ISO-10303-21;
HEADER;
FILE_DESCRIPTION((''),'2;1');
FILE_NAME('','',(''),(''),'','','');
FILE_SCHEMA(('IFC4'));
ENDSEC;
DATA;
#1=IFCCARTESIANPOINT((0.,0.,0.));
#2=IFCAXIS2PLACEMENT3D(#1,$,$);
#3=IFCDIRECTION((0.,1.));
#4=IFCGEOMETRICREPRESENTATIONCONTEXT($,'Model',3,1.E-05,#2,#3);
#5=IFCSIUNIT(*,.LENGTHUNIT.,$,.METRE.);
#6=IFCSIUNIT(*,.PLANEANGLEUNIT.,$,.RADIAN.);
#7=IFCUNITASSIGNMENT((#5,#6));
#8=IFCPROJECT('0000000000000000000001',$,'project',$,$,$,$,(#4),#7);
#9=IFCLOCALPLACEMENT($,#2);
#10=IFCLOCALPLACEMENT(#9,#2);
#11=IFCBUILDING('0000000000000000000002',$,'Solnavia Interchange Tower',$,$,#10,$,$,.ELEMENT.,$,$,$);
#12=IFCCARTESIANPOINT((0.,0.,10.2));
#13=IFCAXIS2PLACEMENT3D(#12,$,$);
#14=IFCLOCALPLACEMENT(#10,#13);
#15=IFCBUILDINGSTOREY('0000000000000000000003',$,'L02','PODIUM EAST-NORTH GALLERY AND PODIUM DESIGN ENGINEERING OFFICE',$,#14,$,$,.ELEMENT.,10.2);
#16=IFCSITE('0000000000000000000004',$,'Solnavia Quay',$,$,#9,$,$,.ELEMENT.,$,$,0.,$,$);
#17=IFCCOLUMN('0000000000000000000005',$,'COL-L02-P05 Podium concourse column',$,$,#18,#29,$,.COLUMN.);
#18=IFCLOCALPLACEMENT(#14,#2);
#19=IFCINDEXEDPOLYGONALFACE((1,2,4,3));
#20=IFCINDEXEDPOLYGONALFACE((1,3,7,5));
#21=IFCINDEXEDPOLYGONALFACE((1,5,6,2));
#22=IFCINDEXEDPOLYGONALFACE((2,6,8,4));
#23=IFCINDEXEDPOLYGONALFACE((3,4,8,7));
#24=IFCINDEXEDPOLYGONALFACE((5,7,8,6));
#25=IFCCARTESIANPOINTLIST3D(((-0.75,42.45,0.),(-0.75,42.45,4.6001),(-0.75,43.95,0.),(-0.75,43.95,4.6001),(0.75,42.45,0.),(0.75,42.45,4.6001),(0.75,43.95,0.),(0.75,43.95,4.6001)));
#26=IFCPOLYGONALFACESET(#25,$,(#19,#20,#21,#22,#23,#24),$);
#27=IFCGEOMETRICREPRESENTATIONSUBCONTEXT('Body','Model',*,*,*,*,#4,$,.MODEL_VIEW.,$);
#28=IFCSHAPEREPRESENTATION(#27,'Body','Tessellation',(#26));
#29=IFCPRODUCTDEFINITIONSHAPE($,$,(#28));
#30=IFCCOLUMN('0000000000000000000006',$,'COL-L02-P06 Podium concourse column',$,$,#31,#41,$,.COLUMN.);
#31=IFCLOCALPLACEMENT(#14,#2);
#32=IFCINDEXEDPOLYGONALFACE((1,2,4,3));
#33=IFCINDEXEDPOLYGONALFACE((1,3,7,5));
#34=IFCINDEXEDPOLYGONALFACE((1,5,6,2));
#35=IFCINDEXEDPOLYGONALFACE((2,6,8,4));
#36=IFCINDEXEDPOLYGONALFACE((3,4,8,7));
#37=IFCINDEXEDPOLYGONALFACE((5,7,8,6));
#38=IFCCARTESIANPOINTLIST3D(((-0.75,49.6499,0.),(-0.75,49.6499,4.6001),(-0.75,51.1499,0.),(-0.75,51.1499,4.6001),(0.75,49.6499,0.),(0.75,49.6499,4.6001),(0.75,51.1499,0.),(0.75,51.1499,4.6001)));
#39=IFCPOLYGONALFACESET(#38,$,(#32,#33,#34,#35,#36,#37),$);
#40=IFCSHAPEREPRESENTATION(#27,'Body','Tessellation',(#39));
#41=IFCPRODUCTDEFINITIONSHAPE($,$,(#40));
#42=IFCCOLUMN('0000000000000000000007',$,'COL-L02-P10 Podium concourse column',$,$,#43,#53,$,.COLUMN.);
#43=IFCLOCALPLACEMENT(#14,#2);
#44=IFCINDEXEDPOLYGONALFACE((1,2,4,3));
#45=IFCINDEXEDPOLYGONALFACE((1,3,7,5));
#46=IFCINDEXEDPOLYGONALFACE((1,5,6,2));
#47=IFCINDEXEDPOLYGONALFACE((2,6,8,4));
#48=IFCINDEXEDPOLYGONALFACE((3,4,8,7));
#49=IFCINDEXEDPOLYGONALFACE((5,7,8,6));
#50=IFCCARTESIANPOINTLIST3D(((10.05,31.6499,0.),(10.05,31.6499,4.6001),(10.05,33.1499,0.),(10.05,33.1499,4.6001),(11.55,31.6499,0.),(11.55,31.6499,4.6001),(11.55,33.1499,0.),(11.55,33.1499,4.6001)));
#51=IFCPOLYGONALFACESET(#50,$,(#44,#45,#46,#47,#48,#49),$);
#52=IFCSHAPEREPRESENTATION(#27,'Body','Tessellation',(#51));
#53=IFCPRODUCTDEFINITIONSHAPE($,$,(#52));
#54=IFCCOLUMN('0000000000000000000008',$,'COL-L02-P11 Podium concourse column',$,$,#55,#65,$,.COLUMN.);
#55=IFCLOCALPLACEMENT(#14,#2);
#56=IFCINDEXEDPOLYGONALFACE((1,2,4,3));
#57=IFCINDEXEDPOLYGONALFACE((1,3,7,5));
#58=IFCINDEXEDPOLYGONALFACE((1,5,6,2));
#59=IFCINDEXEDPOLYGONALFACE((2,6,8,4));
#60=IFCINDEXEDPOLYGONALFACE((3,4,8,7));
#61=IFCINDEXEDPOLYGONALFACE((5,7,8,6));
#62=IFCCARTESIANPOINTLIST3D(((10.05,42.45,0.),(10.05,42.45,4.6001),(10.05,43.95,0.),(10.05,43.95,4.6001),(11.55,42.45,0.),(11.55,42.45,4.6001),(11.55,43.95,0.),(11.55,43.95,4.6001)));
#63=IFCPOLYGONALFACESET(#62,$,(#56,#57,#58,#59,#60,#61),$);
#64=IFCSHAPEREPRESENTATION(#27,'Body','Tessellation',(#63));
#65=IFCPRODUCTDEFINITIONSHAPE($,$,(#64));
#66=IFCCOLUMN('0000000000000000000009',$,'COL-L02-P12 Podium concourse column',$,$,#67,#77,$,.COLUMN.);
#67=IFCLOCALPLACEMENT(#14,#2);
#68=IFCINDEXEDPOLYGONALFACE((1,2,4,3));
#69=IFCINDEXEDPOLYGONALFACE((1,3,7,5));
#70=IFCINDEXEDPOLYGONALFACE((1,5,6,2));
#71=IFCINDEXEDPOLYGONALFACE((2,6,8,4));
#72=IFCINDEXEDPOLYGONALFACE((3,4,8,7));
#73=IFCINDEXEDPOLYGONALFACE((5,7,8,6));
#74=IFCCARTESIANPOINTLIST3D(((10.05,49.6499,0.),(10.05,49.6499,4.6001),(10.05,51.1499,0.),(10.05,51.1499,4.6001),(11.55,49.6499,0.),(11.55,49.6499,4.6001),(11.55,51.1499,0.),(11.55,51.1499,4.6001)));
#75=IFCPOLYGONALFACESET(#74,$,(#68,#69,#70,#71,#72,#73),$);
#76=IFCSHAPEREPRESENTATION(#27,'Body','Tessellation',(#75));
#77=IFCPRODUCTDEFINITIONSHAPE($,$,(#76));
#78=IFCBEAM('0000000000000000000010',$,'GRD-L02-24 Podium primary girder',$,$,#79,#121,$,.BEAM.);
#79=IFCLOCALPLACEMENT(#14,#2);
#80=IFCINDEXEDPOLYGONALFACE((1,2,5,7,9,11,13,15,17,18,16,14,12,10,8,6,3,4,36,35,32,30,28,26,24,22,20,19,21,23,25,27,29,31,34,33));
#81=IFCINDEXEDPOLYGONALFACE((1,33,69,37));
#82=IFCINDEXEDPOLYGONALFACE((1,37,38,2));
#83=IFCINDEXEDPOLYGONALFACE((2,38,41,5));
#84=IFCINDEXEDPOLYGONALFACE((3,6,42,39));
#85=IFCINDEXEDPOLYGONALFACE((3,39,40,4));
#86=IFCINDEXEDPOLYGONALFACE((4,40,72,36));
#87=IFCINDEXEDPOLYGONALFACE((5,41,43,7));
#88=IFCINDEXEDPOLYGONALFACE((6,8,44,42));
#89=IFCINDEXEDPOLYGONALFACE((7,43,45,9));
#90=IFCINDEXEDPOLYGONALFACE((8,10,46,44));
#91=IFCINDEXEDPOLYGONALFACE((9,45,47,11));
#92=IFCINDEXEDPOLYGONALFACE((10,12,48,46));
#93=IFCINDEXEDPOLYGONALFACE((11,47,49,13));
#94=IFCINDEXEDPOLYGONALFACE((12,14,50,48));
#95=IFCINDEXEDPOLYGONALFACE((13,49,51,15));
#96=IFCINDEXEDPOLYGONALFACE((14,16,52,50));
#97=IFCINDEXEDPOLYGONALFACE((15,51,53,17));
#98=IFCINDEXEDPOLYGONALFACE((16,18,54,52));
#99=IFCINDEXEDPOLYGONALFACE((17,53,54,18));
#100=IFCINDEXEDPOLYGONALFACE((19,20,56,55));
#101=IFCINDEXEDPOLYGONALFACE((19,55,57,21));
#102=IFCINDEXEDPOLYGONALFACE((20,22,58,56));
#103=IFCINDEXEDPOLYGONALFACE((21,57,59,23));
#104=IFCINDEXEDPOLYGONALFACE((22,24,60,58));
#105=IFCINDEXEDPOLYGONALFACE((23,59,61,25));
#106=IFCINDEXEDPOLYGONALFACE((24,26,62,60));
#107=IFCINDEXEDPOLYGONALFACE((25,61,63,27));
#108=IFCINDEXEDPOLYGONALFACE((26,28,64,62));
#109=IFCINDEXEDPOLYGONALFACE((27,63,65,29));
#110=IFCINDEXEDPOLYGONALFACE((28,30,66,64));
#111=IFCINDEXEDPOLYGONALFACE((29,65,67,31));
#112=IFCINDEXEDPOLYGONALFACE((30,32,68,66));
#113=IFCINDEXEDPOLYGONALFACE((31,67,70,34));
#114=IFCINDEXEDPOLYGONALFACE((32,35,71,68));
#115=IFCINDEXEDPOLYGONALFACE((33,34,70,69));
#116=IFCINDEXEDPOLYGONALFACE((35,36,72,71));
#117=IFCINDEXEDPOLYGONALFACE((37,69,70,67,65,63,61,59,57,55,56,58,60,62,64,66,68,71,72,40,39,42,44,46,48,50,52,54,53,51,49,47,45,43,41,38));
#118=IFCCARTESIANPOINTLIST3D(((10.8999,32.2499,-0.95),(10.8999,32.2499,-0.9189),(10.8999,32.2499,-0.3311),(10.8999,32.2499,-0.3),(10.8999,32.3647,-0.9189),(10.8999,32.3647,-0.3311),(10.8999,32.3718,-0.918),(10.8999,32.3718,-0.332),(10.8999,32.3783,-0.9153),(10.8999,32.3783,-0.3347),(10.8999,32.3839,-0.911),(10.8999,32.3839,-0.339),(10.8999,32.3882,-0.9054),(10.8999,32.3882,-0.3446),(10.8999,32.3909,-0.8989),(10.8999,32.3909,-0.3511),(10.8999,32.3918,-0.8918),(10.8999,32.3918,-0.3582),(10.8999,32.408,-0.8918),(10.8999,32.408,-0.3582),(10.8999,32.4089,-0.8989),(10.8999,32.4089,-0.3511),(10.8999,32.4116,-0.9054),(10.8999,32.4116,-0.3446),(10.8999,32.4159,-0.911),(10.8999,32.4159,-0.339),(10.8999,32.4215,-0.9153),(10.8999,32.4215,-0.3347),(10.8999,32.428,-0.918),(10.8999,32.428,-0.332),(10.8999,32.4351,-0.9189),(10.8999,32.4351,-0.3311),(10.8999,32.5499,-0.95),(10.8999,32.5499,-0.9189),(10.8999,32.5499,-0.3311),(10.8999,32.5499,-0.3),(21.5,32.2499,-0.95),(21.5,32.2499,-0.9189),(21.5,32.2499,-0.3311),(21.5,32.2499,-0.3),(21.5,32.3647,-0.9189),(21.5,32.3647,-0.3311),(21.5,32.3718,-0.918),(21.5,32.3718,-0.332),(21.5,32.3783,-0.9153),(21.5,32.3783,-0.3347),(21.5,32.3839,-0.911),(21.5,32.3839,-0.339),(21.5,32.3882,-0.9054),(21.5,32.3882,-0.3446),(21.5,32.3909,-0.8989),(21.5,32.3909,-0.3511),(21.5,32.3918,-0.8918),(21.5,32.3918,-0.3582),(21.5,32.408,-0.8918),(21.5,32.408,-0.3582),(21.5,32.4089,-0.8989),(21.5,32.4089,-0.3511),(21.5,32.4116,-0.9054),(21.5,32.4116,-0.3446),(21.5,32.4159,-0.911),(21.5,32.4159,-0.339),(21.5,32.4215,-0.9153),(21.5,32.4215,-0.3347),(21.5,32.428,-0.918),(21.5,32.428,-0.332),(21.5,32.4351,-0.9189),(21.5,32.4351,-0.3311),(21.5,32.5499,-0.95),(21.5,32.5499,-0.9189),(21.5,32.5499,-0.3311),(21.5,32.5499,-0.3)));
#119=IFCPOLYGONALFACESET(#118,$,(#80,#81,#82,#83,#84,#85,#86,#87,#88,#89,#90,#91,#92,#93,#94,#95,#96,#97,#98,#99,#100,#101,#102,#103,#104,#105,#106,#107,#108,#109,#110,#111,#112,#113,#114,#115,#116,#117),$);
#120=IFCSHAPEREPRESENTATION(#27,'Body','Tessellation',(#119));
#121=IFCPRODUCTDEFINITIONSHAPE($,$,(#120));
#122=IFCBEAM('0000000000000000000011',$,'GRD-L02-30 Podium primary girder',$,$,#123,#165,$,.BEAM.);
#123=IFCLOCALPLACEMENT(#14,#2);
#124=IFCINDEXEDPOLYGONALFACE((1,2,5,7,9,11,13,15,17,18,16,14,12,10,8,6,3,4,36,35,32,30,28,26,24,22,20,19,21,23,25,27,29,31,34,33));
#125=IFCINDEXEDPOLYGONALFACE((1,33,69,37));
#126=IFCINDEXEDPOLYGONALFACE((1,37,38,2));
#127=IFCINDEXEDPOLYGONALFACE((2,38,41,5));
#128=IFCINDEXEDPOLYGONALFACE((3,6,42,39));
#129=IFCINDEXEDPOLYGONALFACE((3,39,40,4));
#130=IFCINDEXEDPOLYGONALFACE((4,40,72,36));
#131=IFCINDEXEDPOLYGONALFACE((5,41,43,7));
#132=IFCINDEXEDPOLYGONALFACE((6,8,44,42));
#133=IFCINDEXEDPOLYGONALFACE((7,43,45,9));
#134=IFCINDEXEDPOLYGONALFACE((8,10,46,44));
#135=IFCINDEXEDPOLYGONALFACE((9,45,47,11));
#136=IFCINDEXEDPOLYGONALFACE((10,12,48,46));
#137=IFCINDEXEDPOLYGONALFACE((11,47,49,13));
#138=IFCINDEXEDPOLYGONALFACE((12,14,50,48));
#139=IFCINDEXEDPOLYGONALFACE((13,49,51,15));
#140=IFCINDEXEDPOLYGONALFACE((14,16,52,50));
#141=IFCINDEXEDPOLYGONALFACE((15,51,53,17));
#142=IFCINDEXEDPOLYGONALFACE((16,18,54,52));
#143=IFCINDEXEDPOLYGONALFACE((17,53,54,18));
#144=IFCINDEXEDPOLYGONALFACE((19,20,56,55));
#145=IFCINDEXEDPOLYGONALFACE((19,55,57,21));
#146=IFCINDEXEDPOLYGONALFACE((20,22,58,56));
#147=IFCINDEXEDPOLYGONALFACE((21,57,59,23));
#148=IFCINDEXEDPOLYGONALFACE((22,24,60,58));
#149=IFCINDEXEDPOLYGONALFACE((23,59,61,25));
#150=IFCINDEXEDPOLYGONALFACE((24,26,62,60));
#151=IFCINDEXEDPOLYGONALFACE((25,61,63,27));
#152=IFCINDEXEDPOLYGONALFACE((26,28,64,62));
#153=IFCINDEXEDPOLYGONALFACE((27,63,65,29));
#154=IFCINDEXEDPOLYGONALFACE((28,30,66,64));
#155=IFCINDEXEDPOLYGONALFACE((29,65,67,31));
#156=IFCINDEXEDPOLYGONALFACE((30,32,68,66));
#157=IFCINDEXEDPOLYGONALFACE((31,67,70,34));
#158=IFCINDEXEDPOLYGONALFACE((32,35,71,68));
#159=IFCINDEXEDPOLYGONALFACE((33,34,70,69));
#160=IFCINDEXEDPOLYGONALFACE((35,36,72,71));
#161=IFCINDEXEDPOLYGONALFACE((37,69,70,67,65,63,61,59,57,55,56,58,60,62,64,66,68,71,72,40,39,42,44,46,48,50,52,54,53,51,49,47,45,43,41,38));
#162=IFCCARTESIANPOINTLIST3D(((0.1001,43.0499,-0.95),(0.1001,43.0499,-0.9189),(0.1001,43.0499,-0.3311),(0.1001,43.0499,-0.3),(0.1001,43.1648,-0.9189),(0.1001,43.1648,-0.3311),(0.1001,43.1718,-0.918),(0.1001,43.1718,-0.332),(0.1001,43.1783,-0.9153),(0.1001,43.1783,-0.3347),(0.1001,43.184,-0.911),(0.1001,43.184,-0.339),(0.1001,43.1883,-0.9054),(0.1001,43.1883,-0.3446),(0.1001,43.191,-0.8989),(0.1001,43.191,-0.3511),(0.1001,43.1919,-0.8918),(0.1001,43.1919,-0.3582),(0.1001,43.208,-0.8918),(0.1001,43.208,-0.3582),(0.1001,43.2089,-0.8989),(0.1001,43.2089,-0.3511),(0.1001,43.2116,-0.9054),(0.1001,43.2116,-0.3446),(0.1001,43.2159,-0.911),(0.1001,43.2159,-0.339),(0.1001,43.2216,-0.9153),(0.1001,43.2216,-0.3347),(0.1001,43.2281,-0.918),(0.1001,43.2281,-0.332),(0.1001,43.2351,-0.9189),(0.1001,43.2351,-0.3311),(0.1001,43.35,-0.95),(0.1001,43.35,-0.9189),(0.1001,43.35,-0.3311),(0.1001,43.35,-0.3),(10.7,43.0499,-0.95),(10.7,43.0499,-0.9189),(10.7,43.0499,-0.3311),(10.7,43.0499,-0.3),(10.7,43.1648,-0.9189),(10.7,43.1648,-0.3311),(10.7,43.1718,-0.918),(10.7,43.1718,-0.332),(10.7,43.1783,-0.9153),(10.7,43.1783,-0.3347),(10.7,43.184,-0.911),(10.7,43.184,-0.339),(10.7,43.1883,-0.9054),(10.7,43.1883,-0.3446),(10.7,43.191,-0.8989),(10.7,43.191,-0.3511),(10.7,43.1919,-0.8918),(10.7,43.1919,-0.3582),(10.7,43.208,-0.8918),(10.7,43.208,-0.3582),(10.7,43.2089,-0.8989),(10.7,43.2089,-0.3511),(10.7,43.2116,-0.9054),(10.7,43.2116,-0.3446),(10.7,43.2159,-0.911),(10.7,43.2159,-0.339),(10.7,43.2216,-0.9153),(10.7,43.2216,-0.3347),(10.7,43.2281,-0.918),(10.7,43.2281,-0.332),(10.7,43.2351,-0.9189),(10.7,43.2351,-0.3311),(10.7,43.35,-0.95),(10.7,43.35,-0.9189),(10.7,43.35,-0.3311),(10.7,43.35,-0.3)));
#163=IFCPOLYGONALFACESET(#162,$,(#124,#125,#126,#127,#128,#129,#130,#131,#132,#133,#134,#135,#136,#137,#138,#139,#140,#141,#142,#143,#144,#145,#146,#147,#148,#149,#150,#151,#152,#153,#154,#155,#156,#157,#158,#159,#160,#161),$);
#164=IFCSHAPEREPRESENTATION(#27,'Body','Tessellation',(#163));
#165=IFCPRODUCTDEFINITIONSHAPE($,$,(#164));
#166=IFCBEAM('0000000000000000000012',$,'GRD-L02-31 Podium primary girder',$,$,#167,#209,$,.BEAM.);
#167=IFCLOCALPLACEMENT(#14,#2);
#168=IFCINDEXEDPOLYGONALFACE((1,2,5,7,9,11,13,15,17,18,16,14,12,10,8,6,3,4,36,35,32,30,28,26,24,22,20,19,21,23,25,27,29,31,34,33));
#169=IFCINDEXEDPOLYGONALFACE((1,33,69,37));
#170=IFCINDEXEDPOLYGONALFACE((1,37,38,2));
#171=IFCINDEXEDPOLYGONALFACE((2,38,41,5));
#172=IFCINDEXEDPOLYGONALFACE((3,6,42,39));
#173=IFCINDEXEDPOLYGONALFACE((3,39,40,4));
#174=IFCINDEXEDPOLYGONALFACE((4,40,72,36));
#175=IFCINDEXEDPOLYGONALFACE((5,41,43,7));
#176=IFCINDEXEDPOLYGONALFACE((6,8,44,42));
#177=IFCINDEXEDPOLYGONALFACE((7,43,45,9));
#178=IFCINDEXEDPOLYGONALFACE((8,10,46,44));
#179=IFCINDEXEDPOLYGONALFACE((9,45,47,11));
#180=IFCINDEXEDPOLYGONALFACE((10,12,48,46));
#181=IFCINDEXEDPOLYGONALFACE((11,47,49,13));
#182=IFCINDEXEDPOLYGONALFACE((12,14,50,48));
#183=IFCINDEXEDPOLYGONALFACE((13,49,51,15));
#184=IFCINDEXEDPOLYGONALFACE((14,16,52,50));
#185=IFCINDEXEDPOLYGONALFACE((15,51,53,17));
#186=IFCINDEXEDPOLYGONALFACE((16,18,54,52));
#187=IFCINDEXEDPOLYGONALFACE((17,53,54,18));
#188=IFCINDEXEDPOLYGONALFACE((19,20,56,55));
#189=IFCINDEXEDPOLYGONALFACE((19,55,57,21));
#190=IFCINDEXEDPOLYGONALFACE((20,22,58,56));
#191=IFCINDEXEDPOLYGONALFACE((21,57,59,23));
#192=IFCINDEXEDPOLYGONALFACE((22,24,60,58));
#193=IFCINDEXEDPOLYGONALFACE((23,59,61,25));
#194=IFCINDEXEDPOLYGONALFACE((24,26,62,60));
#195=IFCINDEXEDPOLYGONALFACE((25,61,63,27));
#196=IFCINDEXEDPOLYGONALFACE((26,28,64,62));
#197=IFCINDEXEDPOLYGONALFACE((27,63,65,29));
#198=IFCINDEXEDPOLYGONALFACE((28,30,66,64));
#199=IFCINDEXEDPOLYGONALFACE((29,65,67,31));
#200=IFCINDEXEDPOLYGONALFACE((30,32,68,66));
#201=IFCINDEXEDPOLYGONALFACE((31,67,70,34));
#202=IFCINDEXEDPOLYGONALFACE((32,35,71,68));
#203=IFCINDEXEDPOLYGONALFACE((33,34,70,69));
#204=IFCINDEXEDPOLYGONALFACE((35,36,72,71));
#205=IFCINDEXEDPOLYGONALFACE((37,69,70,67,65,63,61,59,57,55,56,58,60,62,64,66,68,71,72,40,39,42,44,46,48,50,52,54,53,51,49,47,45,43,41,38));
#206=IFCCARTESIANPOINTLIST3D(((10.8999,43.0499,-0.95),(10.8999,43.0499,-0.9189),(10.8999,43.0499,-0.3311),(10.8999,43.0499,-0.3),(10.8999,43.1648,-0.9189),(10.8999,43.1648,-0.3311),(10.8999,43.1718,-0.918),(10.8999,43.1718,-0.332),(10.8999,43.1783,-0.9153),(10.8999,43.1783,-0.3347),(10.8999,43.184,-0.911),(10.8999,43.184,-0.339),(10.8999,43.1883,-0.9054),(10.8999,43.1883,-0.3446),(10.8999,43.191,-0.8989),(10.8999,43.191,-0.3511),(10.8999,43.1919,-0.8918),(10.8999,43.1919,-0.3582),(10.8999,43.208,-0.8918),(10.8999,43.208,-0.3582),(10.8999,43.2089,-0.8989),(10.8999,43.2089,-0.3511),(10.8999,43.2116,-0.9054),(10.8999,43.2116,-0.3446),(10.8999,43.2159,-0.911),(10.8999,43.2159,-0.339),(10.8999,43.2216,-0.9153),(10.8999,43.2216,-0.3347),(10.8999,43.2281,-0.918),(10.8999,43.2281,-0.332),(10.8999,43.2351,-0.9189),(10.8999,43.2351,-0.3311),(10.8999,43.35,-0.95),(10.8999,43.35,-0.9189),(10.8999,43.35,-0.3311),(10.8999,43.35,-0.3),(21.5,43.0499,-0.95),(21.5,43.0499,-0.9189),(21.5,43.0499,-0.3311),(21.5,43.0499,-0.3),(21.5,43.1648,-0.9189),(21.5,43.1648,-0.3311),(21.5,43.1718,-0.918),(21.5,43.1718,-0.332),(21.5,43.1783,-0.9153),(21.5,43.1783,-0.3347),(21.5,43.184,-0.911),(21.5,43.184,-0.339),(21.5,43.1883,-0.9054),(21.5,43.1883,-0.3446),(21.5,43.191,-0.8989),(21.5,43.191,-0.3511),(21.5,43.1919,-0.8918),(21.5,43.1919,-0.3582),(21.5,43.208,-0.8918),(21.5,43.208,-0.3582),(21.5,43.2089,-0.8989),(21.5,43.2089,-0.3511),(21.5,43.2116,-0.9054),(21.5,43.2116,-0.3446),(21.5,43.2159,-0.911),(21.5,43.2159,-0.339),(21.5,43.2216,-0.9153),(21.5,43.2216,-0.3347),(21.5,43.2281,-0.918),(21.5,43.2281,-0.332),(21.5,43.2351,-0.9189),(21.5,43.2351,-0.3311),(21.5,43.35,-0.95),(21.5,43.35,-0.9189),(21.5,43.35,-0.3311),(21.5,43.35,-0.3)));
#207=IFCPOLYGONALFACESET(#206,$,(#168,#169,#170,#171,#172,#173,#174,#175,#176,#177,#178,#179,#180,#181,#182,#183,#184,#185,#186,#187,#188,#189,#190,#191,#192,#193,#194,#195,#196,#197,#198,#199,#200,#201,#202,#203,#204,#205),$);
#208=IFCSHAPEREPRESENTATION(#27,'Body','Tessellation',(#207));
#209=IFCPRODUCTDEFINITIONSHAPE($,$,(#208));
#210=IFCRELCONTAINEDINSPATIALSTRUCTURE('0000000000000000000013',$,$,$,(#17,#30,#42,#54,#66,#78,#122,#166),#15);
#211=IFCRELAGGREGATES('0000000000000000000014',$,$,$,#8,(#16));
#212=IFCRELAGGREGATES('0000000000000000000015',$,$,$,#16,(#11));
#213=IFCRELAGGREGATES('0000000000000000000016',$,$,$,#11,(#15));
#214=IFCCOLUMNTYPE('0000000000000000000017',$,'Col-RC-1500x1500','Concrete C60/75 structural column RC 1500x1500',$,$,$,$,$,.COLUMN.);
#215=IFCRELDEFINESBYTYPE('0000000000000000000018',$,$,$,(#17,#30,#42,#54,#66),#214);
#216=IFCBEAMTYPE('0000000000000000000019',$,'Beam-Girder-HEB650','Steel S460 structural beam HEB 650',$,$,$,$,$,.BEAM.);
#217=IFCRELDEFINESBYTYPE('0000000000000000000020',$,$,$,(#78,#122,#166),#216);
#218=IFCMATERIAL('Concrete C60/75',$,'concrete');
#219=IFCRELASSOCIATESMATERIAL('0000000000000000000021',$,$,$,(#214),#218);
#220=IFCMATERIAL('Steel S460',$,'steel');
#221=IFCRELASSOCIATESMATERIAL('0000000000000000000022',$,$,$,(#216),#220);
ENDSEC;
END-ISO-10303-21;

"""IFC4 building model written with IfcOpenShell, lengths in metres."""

from ifc_helpers import new_model, si_unit, direction, frame, origin, origin_2d, place, context, subcontext, project, spatial, rectangle, i_section, extrude, material, material_profile, profile_set, type_object, element, save


model = new_model("IFC4")

# Units and contexts
model_context = context("Model", 3, precision=1e-05, world=origin(), true_north=direction((0.0, 1.0)))
body_context = subcontext(model_context, "Body", "Model", "MODEL_VIEW")
ifc_project = project(units=[si_unit("LENGTHUNIT", "METRE"), si_unit("PLANEANGLEUNIT", "RADIAN")], contexts=[model_context])

# Site, building, storey
site_placement = place(None, origin())
site = spatial("IfcSite", under=ifc_project, at=site_placement, Name="Solnavia Quay", CompositionType="ELEMENT", RefElevation=0.0)
building_placement = place(site_placement, origin())
building = spatial("IfcBuilding", under=site, at=building_placement, Name="Solnavia Interchange Tower", CompositionType="ELEMENT")
storey_placement = place(building_placement, frame((0.0, 0.0, 10.2)))
storey = spatial("IfcBuildingStorey", under=building, at=storey_placement, Name="L02", Description="PODIUM EAST-NORTH GALLERY AND PODIUM DESIGN ENGINEERING OFFICE", CompositionType="ELEMENT", Elevation=10.2)

# Columns
ifc_material_1 = material(Name="Concrete C60/75", Category="concrete")
ifc_material_profile_1 = material_profile(ifc_material_1, rectangle(XDim=1.5, YDim=1.5, at=origin_2d()), Name="RC 1500x1500")
ifc_profile_set_1 = profile_set([ifc_material_profile_1], Name="Concrete C60/75")
column_type = type_object("IfcColumnType", Name="Col-RC-1500x1500", Description="Concrete C60/75 structural column RC 1500x1500", PredefinedType="COLUMN", material=ifc_profile_set_1)
for number, where, z_axis, x_axis, name in (
    (1, (0.0, 43.2, 0.0), (0.0, 0.0, 1.0), (1.0, 0.0, 0.0), "COL-L02-P05 Podium concourse column"),
    (2, (0.0, 50.3999, 0.0), (0.0, 0.0, 1.0), (1.0, 0.0, 0.0), "COL-L02-P06 Podium concourse column"),
    (3, (10.8, 32.3999, 0.0), (0.0, 0.0, 1.0), (1.0, 0.0, 0.0), "COL-L02-P10 Podium concourse column"),
    (4, (10.8, 43.2, 0.0), (0.0, 0.0, 1.0), (1.0, 0.0, 0.0), "COL-L02-P11 Podium concourse column"),
    (5, (10.8, 50.3999, 0.0), (0.0, 0.0, 1.0), (1.0, 0.0, 0.0), "COL-L02-P12 Podium concourse column"),
):
    element("IfcColumn", number, at=place(storey_placement, frame(where, z_axis=z_axis, x_axis=x_axis)), inside=storey, type_object=column_type, Name=name, PredefinedType="COLUMN", context=body_context, shape_type="SweptSolid", body=[
        extrude(rectangle(XDim=1.5, YDim=1.5, at=origin_2d()), origin(), (0.0, 0.0, 1.0), 4.6001),
    ])

# Beams
ifc_material_2 = material(Name="Steel S460", Category="steel")
ifc_material_profile_2 = material_profile(ifc_material_2, i_section(OverallWidth=0.3, OverallDepth=0.6499, WebThickness=0.0161, FlangeThickness=0.031, FilletRadius=0.0271, at=origin_2d()), Name="HEB 650")
ifc_profile_set_2 = profile_set([ifc_material_profile_2], Name="Steel S460")
beam_type_1 = type_object("IfcBeamType", Name="Beam-Girder-HEB650", Description="Steel S460 structural beam HEB 650", PredefinedType="BEAM", material=ifc_profile_set_2)
beam_1_placement = place(storey_placement, frame((10.8999, 32.3999, -0.625), z_axis=(1.0, 0.0, 0.0), x_axis=(0.0, 1.0, 0.0)))
element("IfcBeam", 6, at=beam_1_placement, inside=storey, type_object=beam_type_1, Name="GRD-L02-24 Podium primary girder", PredefinedType="BEAM", context=body_context, shape_type="SweptSolid", body=[
    extrude(i_section(OverallWidth=0.3, OverallDepth=0.6499, WebThickness=0.0161, FlangeThickness=0.031, FilletRadius=0.0271, at=origin_2d()), origin(), (0.0, 0.0, 1.0), 10.6001),
])
beam_2_placement = place(storey_placement, frame((0.1001, 43.2, -0.625), z_axis=(1.0, 0.0, 0.0), x_axis=(0.0, 1.0, 0.0)))
element("IfcBeam", 7, at=beam_2_placement, inside=storey, type_object=beam_type_1, Name="GRD-L02-30 Podium primary girder", PredefinedType="BEAM", context=body_context, shape_type="SweptSolid", body=[
    extrude(i_section(OverallWidth=0.3, OverallDepth=0.6499, WebThickness=0.0161, FlangeThickness=0.031, FilletRadius=0.0271, at=origin_2d()), origin(), (0.0, 0.0, 1.0), 10.5999),
])
beam_3_placement = place(storey_placement, frame((10.8999, 43.2, -0.625), z_axis=(1.0, 0.0, 0.0), x_axis=(0.0, 1.0, 0.0)))
element("IfcBeam", 8, at=beam_3_placement, inside=storey, type_object=beam_type_1, Name="GRD-L02-31 Podium primary girder", PredefinedType="BEAM", context=body_context, shape_type="SweptSolid", body=[
    extrude(i_section(OverallWidth=0.3, OverallDepth=0.6499, WebThickness=0.0161, FlangeThickness=0.031, FilletRadius=0.0271, at=origin_2d()), origin(), (0.0, 0.0, 1.0), 10.6001),
])

save(model, "model.ifc")
